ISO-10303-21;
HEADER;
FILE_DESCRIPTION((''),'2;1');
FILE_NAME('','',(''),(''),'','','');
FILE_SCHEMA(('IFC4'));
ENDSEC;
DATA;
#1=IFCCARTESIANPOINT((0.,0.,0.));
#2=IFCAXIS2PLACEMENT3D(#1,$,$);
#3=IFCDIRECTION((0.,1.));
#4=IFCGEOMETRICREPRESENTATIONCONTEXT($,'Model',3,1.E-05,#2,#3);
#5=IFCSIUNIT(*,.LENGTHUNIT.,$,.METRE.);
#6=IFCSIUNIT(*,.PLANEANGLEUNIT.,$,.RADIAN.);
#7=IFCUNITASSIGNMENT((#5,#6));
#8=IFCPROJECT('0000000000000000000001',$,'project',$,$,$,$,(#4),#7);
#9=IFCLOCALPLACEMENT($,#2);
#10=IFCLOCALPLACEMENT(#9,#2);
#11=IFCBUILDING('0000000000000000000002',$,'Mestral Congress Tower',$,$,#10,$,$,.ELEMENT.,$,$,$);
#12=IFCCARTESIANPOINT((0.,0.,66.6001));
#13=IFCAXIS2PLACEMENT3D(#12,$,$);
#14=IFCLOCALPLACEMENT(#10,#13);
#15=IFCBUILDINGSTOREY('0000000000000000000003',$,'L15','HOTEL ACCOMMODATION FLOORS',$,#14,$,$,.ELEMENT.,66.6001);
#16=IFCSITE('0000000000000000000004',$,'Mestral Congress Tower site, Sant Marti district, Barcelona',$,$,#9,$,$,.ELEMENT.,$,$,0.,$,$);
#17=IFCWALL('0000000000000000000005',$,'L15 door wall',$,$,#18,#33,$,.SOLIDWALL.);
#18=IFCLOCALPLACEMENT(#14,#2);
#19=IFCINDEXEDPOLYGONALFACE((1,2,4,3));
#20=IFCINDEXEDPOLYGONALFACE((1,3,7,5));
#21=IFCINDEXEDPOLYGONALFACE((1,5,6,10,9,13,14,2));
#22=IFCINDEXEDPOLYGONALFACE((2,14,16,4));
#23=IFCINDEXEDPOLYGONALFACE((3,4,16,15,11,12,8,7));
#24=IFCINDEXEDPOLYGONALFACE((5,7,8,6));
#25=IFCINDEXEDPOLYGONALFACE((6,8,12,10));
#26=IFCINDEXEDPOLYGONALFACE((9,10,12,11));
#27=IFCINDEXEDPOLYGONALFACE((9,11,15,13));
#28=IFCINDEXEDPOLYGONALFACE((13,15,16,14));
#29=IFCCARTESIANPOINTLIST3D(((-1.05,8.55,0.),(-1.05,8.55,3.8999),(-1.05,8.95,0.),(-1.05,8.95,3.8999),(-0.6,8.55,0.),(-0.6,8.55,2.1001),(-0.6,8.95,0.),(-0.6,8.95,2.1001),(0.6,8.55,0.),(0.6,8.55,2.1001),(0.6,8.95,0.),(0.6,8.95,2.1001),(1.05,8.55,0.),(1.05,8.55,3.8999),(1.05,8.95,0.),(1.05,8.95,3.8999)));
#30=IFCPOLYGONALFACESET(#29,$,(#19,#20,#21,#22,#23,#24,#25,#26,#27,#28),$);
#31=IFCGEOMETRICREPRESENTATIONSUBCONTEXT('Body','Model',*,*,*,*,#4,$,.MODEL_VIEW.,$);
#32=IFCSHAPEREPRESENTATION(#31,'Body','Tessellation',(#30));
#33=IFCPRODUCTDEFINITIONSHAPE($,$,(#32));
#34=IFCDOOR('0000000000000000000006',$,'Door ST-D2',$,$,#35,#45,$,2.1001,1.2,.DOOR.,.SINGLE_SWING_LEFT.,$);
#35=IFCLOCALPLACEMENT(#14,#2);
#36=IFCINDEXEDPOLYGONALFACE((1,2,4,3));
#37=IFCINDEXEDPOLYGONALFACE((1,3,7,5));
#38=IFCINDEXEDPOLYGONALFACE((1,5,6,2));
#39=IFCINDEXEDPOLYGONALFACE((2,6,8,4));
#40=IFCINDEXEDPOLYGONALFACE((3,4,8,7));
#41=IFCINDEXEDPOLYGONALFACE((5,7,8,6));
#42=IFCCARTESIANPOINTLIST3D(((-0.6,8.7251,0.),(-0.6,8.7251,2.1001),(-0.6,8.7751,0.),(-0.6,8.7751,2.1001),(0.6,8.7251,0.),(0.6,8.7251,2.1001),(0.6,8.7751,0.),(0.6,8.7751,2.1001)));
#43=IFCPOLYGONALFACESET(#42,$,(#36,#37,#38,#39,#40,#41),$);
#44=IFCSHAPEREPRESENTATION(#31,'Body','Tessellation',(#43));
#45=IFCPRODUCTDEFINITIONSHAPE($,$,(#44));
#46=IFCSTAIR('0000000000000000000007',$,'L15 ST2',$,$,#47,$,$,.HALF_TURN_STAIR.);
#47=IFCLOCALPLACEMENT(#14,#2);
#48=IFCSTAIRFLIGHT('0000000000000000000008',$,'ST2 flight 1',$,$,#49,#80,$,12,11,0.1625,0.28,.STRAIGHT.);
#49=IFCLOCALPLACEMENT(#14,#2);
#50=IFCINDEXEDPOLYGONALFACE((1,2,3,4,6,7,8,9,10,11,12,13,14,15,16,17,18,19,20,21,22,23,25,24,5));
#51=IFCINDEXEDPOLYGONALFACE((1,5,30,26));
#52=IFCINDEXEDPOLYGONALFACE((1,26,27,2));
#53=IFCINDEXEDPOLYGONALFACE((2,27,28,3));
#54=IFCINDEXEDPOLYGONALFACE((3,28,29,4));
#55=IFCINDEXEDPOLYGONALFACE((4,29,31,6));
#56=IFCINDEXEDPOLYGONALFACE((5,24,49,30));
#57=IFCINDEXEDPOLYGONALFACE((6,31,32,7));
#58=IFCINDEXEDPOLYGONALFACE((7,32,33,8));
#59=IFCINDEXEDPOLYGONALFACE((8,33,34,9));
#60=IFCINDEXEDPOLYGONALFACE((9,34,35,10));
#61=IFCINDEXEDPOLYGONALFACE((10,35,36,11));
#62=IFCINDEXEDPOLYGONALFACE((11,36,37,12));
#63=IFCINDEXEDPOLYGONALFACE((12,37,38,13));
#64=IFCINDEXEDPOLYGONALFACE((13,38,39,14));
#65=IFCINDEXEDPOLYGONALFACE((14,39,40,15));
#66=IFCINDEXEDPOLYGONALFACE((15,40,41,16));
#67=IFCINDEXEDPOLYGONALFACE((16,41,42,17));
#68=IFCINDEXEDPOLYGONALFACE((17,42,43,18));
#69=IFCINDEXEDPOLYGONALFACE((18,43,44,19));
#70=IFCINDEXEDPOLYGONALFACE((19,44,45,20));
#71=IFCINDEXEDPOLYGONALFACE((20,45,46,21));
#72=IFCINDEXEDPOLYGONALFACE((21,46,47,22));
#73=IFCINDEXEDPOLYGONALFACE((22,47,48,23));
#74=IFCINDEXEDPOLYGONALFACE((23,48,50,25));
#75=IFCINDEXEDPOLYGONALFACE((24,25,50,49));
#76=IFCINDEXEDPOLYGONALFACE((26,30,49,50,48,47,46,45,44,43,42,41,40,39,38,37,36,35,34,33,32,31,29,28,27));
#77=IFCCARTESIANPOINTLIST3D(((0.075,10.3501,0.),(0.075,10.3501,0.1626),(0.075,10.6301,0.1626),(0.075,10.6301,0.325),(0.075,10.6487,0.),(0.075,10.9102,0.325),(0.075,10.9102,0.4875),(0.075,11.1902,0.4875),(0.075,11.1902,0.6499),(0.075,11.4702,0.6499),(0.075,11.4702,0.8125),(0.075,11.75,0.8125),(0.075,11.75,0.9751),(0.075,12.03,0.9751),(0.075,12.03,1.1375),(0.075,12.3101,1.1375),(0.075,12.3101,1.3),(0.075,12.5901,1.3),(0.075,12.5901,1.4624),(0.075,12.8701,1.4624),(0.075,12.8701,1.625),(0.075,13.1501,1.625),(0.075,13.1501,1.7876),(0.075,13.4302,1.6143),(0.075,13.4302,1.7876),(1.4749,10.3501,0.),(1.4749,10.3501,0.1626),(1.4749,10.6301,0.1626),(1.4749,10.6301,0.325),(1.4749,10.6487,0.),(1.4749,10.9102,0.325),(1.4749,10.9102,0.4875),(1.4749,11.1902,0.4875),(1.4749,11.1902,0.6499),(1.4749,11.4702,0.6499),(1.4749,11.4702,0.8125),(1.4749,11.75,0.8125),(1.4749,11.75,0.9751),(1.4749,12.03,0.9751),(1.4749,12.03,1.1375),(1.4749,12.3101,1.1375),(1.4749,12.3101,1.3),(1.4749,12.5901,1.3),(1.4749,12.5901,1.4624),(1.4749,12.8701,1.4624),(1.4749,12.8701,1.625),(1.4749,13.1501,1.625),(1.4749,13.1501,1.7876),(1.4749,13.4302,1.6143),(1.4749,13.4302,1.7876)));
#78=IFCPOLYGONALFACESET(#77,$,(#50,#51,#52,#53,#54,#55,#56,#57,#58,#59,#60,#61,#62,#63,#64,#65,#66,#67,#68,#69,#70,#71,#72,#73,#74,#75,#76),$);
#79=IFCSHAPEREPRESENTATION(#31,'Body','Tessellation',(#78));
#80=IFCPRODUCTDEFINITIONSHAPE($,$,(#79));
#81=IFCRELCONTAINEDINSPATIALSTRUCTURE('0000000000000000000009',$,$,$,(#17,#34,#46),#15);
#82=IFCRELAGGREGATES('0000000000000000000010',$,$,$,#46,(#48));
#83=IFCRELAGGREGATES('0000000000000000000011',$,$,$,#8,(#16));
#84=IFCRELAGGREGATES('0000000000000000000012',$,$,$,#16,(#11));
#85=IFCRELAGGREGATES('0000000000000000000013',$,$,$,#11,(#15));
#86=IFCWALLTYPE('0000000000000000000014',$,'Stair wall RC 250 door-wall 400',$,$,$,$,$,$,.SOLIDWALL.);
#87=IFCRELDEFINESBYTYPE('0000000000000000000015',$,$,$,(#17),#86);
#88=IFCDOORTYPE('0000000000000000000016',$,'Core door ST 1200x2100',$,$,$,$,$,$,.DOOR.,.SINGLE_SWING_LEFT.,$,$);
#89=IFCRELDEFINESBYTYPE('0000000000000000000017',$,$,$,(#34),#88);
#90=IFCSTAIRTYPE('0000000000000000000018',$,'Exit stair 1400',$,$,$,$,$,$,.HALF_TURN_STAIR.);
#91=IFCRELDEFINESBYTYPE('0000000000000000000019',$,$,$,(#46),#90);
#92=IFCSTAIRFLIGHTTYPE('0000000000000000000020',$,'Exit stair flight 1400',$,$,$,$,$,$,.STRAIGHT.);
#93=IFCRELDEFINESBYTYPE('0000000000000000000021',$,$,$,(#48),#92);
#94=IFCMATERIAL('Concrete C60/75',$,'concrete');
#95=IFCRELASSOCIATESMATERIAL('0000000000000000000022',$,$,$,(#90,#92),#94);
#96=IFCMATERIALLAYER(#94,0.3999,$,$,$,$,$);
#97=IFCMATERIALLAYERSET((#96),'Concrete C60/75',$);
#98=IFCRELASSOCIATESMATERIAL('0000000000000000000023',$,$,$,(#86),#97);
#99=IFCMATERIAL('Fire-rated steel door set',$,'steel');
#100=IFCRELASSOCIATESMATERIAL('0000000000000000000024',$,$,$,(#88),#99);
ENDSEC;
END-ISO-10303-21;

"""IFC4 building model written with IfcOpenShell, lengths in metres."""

from ifc_helpers import new_model, si_unit, direction, frame, frame_2d, origin, place, context, subcontext, project, spatial, polyline, rectangle, outline, extrude, material, layer, layer_set, type_object, element, fill, aggregate, save


model = new_model("IFC4")

# Units and contexts
model_context = context("Model", 3, precision=1e-05, world=origin(), true_north=direction((0.0, 1.0)))
body_context = subcontext(model_context, "Body", "Model", "MODEL_VIEW")
ifc_project = project(units=[si_unit("LENGTHUNIT", "METRE"), si_unit("PLANEANGLEUNIT", "RADIAN")], contexts=[model_context])

# Site, building, storey
site_placement = place(None, origin())
site = spatial("IfcSite", under=ifc_project, at=site_placement, Name="Mestral Congress Tower site, Sant Marti district, Barcelona", CompositionType="ELEMENT", RefElevation=0.0)
building_placement = place(site_placement, origin())
building = spatial("IfcBuilding", under=site, at=building_placement, Name="Mestral Congress Tower", CompositionType="ELEMENT")
storey_placement = place(building_placement, frame((0.0, 0.0, 66.6001)))
storey = spatial("IfcBuildingStorey", under=building, at=storey_placement, Name="L15", Description="HOTEL ACCOMMODATION FLOORS", CompositionType="ELEMENT", Elevation=66.6001)

# Shared definitions
ifc_material_1 = material(Name="Concrete C60/75", Category="concrete")

# Shared definitions
stair_type = type_object("IfcStairType", Name="Exit stair 1400", PredefinedType="HALF_TURN_STAIR", material=ifc_material_1)
placement = place(storey_placement, origin())

# Wall, opening, door
ifc_layer_1 = layer(ifc_material_1, 0.3999)
ifc_layer_set_1 = layer_set([ifc_layer_1], Name="Concrete C60/75")
wall_type_1 = type_object("IfcWallType", Name="Stair wall RC 250 door-wall 400", PredefinedType="SOLIDWALL", material=ifc_layer_set_1)
wall_1_placement = place(storey_placement, frame((1.05, 8.75, 0.0), z_axis=(0.0, 0.0, 1.0), x_axis=(-1.0, 0.0, 0.0)))
wall_1 = element("IfcWall", 1, at=wall_1_placement, inside=storey, type_object=wall_type_1, Name="L15 door wall", PredefinedType="SOLIDWALL", context=body_context, shape_type="SweptSolid", body=[
    extrude(rectangle(XDim=2.1001, YDim=0.3999, at=frame_2d((1.05, 0.0))), origin(), (0.0, 0.0, 1.0), 3.8999),
])
opening_placement = place(wall_1_placement, frame((0.45, 0.0, 0.0)))
opening = element("IfcOpeningElement", 2, at=opening_placement, cuts=wall_1, PredefinedType="OPENING", context=body_context, shape_type="SweptSolid", body=[
    extrude(rectangle(XDim=1.2, YDim=2.1001, at=frame_2d((0.6001, 1.05))), frame((0.0, 0.21, 0.0), z_axis=(0.0, -1.0, 0.0), x_axis=(1.0, 0.0, 0.0)), (0.0, 0.0, 1.0), 0.4199),
])
ifc_material_2 = material(Name="Fire-rated steel door set", Category="steel")
door_type = type_object("IfcDoorType", Name="Core door ST 1200x2100", OperationType="SINGLE_SWING_LEFT", PredefinedType="DOOR", material=ifc_material_2)
door_placement = place(opening_placement, origin())
door = element("IfcDoor", 3, at=door_placement, inside=storey, type_object=door_type, Name="Door ST-D2", OperationType="SINGLE_SWING_LEFT", OverallHeight=2.1001, OverallWidth=1.2, PredefinedType="DOOR", context=body_context, shape_type="SweptSolid", body=[
    extrude(rectangle(XDim=1.2, YDim=2.1001, at=frame_2d((0.6001, 1.05))), frame((0.0, 0.0249, 0.0), z_axis=(0.0, -1.0, 0.0), x_axis=(1.0, 0.0, 0.0)), (0.0, 0.0, 1.0), 0.05),
])
fill(opening, door)

# Stair, stair flight
stair_1 = element("IfcStair", 4, at=placement, inside=storey, type_object=stair_type, Name="L15 ST2", PredefinedType="HALF_TURN_STAIR")
stair_flight_type = type_object("IfcStairFlightType", Name="Exit stair flight 1400", PredefinedType="STRAIGHT", material=ifc_material_1)
stair_flight_placement = place(storey_placement, frame((0.7749, 10.3501, 0.0), z_axis=(0.0, 0.0, 1.0), x_axis=(0.0, 1.0, 0.0)))
stair_flight = element("IfcStairFlight", 5, at=stair_flight_placement, type_object=stair_flight_type, Name="ST2 flight 1", NumberOfRisers=12, NumberOfTreads=11, PredefinedType="STRAIGHT", RiserHeight=0.1625, TreadLength=0.28, context=body_context, shape_type="SweptSolid", body=[
    extrude(outline(polyline([(0.0, 0.0), (0.0, 0.1626), (0.28, 0.1626), (0.28, 0.325), (0.5601, 0.325), (0.5601, 0.4875), (0.8401, 0.4875), (0.8401, 0.6499), (1.1201, 0.6499), (1.1201, 0.8125), (1.3999, 0.8125), (1.3999, 0.9751), (1.6799, 0.9751), (1.6799, 1.1375), (1.96, 1.1375), (1.96, 1.3), (2.24, 1.3), (2.24, 1.4624), (2.52, 1.4624), (2.52, 1.625), (2.8, 1.625), (2.8, 1.7876), (3.0801, 1.7876), (3.0801, 1.95), (3.0801, 1.6143), (0.2986, 0.0), (0.0, 0.0)])), frame((0.0, 0.7, 0.0), z_axis=(0.0, -1.0, 0.0), x_axis=(1.0, 0.0, 0.0)), (0.0, 0.0, 1.0), 1.3999),
])
aggregate(stair_1, [stair_flight])

save(model, "model.ifc")
